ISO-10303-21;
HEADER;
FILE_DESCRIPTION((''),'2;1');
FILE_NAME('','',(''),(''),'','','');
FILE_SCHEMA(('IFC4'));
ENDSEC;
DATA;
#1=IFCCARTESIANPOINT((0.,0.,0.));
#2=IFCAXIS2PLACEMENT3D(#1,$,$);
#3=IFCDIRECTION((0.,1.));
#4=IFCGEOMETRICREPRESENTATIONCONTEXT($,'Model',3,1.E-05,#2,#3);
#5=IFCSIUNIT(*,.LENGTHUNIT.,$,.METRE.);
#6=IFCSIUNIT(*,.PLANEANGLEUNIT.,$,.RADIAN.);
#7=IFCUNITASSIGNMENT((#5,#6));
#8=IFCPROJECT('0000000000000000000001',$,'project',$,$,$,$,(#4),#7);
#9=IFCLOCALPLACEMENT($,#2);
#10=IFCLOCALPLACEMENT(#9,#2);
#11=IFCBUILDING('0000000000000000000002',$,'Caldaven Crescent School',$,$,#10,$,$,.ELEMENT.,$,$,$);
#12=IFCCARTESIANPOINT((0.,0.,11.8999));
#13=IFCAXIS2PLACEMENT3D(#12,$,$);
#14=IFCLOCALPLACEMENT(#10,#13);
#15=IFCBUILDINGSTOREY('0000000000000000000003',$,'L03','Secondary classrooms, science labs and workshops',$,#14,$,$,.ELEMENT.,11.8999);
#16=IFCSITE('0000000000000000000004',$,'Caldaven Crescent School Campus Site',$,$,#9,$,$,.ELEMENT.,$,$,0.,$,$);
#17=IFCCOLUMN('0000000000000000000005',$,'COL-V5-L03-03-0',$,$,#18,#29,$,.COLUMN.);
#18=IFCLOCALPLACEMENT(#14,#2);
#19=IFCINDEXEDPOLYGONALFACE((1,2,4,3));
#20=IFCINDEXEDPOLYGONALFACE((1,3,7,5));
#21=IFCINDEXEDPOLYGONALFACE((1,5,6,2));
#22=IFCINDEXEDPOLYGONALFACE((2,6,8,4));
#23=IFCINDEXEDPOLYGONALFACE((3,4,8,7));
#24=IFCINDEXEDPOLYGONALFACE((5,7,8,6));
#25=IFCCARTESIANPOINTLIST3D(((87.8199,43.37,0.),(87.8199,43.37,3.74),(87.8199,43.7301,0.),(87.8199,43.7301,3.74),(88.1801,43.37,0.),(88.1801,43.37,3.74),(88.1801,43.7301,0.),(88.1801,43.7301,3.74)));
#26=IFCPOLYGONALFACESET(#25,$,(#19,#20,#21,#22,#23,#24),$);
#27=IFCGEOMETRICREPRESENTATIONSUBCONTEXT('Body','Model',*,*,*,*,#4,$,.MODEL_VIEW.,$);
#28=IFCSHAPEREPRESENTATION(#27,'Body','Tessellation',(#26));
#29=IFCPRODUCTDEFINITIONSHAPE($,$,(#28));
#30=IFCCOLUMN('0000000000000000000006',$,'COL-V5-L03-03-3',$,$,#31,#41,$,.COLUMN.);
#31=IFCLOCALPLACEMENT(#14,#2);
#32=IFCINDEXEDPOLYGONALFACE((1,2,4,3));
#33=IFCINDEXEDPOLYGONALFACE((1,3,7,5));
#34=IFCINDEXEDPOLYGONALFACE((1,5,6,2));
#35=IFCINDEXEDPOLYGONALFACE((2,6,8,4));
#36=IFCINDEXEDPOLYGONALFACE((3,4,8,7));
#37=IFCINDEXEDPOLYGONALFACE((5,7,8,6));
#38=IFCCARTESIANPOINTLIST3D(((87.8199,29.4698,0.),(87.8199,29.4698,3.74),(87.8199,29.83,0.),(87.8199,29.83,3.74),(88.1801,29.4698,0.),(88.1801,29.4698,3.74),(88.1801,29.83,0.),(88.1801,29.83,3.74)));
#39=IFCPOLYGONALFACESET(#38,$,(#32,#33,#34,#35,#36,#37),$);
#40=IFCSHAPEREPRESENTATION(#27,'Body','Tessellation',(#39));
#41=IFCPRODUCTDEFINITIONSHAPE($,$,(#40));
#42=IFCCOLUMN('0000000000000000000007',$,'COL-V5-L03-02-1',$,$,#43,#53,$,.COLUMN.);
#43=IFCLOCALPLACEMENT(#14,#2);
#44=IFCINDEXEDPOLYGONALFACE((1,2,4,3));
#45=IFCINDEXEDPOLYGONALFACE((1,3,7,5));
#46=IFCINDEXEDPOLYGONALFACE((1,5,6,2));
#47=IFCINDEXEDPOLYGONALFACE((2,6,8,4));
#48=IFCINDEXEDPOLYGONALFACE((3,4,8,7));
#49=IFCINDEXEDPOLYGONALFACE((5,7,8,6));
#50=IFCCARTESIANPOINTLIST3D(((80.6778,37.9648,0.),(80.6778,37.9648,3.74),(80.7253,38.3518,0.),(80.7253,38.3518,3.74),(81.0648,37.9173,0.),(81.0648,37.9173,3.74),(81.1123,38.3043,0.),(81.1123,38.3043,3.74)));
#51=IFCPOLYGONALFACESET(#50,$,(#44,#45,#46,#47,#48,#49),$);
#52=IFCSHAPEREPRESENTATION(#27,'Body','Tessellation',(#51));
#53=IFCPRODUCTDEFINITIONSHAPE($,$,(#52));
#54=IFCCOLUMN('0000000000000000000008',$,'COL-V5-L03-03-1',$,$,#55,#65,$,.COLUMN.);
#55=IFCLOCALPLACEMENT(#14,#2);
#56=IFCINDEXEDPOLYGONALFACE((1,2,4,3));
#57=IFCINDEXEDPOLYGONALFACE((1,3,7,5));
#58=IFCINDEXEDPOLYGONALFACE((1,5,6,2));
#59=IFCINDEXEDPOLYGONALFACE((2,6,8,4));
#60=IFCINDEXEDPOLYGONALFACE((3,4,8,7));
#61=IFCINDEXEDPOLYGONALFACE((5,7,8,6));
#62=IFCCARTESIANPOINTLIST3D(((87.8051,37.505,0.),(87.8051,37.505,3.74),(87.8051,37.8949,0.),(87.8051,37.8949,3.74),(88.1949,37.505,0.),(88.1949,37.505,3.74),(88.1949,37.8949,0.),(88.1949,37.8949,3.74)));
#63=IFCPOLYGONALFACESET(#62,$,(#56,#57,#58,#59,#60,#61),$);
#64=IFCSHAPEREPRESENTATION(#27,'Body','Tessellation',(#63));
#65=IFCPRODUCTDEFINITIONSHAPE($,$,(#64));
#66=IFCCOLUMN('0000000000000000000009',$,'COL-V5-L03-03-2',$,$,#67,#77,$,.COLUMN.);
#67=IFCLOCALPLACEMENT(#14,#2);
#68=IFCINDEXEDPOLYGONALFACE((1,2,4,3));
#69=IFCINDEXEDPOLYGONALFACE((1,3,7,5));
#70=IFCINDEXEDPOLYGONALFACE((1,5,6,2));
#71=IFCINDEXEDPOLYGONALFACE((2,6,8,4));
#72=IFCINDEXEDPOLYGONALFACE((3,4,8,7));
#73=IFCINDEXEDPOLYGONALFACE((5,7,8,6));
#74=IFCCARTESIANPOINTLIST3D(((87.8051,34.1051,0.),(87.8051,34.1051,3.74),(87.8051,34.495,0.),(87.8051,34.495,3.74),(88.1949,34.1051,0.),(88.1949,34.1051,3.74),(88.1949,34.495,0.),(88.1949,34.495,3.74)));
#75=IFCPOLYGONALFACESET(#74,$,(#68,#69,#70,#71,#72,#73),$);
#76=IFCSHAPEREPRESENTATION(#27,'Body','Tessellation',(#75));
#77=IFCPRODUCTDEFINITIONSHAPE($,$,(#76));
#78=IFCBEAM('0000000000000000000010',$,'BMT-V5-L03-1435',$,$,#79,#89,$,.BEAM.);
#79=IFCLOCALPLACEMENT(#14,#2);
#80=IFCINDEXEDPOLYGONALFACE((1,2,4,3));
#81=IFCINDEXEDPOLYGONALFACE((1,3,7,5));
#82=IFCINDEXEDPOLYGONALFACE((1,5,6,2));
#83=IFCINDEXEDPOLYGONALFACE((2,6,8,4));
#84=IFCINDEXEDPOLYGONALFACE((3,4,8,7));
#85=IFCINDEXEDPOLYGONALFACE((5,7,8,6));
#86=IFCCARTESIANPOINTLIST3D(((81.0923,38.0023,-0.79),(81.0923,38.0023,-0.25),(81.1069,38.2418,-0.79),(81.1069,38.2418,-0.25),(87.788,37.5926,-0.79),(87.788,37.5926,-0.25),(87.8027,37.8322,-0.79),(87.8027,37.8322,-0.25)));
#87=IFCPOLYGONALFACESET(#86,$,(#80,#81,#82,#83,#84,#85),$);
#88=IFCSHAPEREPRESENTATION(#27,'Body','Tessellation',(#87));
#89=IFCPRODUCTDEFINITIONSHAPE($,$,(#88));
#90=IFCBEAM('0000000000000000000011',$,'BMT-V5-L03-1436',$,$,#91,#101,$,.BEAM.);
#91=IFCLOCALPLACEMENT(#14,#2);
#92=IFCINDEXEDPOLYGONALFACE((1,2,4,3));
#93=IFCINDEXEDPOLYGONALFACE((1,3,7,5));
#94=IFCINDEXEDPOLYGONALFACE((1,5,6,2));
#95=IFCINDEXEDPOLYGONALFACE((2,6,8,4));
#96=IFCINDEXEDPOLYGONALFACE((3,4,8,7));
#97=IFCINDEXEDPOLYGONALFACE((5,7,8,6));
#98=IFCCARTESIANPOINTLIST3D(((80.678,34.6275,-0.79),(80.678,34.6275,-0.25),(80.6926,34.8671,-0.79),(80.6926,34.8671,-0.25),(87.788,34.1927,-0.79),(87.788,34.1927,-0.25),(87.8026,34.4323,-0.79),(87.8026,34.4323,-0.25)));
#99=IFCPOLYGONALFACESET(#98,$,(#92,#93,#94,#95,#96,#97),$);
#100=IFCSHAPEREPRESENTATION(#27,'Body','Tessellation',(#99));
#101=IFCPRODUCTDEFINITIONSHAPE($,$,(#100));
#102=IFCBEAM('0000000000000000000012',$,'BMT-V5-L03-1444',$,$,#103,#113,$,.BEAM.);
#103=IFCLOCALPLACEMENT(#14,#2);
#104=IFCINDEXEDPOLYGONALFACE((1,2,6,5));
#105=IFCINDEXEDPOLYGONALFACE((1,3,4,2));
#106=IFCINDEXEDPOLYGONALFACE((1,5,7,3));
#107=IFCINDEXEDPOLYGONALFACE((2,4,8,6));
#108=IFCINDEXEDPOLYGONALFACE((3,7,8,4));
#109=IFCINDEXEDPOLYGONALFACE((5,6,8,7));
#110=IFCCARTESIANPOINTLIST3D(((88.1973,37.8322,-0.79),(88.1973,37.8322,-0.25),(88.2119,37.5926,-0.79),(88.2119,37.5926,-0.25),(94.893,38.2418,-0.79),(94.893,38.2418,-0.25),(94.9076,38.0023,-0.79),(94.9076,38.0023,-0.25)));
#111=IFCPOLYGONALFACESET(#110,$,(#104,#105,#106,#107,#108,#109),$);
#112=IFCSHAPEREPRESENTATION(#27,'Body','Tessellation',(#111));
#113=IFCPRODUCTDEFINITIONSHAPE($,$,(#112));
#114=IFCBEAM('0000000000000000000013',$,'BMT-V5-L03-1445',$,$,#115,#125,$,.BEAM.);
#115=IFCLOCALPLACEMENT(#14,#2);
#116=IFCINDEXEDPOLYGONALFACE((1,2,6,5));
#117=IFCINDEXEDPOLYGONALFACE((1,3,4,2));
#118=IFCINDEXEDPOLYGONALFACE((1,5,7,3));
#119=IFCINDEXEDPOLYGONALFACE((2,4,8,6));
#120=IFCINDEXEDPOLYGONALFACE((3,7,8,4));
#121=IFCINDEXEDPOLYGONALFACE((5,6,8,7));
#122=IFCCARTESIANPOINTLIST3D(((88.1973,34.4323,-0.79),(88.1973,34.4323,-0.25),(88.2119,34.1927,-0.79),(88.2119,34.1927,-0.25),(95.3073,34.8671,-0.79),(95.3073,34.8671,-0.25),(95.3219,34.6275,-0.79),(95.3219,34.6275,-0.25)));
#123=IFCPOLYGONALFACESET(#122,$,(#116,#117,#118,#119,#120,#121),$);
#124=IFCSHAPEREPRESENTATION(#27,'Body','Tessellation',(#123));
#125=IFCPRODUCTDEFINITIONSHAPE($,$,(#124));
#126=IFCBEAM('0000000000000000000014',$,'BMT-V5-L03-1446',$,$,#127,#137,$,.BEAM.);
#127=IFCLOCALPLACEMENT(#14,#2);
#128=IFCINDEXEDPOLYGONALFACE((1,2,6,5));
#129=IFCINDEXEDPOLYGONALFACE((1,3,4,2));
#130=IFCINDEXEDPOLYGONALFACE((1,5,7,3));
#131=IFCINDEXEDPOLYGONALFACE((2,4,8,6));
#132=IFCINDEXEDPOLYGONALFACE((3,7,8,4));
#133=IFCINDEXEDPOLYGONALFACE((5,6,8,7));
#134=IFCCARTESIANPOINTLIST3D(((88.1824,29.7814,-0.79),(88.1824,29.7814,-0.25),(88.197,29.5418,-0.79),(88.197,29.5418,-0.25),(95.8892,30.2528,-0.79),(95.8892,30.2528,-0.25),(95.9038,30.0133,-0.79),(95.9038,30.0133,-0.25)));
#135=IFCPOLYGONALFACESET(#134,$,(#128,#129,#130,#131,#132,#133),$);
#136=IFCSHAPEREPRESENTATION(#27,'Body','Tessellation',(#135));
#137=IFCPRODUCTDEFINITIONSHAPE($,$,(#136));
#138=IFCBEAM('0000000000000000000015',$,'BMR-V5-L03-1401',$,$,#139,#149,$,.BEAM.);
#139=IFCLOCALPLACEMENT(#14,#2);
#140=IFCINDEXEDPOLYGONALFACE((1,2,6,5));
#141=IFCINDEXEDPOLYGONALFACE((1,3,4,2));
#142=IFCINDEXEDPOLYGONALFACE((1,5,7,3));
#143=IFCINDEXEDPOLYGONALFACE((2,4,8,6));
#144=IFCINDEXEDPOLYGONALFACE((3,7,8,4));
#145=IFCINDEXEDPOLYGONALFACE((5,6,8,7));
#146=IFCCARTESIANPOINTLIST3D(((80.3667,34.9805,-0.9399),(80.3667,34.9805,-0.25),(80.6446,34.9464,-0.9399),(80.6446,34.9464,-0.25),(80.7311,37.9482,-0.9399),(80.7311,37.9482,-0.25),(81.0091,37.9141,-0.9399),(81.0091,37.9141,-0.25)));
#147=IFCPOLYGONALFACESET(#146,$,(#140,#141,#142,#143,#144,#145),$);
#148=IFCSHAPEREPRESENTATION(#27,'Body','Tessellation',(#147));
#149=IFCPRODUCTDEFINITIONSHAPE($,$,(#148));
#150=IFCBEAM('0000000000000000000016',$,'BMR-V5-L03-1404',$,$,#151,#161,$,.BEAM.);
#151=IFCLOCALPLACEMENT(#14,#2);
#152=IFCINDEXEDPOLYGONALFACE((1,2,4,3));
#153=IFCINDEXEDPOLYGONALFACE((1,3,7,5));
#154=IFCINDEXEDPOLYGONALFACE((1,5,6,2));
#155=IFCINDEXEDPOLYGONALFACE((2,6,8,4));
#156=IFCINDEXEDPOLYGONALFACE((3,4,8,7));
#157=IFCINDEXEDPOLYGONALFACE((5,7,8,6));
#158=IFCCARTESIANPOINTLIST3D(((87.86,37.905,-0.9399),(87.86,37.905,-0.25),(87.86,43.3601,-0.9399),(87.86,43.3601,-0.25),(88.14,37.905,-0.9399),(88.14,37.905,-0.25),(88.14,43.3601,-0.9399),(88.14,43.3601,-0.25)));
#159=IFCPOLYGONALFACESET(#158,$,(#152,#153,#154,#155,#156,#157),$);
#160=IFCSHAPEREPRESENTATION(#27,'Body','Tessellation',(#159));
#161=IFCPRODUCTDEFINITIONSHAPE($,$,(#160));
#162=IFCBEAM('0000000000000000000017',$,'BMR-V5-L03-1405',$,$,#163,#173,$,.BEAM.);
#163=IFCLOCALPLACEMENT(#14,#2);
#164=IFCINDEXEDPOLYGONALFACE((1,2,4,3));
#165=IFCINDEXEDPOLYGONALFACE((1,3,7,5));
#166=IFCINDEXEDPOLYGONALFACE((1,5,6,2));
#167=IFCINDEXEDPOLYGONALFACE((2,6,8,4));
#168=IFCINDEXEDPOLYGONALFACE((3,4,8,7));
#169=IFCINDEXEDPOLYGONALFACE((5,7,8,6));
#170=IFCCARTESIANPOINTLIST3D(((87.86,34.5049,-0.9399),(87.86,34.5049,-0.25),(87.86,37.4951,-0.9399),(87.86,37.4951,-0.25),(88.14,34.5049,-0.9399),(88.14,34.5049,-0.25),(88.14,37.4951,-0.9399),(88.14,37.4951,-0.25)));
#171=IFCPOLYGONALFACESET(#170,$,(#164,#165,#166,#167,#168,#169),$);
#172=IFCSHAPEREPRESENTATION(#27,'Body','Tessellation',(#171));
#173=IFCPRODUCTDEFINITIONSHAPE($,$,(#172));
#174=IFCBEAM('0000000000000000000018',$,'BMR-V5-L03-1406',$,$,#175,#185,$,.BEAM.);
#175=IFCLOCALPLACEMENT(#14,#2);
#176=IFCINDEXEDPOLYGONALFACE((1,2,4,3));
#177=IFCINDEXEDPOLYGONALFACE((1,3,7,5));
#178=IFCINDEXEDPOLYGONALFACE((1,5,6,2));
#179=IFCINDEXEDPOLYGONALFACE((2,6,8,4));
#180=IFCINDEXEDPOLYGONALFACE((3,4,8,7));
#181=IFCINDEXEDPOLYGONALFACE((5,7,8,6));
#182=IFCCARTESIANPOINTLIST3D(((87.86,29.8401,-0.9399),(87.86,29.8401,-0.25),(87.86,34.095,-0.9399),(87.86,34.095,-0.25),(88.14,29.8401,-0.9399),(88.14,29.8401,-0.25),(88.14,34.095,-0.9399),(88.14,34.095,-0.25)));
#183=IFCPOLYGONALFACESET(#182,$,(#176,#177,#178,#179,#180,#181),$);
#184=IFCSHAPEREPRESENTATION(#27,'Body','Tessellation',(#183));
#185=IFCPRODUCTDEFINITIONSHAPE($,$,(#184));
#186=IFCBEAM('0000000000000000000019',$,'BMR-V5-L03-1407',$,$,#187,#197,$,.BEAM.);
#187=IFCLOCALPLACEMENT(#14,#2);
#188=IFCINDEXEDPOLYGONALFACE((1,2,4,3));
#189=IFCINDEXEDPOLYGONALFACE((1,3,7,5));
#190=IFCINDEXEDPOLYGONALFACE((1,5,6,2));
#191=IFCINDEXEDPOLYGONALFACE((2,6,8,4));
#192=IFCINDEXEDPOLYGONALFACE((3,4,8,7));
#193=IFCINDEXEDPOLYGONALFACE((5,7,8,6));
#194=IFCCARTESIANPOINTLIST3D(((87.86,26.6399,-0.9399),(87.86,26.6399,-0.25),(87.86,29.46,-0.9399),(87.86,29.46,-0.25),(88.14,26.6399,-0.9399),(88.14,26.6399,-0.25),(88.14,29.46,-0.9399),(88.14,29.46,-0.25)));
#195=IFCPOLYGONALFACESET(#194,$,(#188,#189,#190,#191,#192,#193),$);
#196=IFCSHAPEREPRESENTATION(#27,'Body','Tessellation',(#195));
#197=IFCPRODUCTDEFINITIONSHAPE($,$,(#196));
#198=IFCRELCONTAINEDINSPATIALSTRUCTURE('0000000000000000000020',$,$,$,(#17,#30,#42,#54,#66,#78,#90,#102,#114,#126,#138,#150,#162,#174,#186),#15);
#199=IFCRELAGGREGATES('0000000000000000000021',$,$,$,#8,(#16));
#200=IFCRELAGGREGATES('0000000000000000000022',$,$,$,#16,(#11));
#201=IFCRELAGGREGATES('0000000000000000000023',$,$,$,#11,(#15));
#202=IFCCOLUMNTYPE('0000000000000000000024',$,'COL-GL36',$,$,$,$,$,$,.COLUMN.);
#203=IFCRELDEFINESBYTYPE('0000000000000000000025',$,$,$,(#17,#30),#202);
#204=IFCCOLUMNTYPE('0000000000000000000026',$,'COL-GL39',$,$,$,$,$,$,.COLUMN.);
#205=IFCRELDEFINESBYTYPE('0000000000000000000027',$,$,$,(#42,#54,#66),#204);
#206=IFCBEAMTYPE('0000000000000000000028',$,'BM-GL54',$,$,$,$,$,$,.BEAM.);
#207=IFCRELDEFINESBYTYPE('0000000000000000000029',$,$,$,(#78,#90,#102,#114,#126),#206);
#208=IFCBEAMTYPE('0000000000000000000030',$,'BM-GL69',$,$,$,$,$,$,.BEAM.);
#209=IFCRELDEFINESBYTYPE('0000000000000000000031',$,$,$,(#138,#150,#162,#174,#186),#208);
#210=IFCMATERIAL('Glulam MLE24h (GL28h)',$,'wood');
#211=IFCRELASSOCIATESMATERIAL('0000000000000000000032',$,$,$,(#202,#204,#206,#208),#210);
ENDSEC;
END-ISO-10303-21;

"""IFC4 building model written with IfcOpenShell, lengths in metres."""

from ifc_helpers import new_model, si_unit, direction, frame, origin, origin_2d, place, context, subcontext, project, spatial, rectangle, extrude, material, material_profile, profile_set, type_object, element, save


model = new_model("IFC4")

# Units and contexts
model_context = context("Model", 3, precision=1e-05, world=origin(), true_north=direction((0.0, 1.0)))
body_context = subcontext(model_context, "Body", "Model", "MODEL_VIEW")
ifc_project = project(units=[si_unit("LENGTHUNIT", "METRE"), si_unit("PLANEANGLEUNIT", "RADIAN")], contexts=[model_context])

# Site, building, storey
site_placement = place(None, origin())
site = spatial("IfcSite", under=ifc_project, at=site_placement, Name="Caldaven Crescent School Campus Site", CompositionType="ELEMENT", RefElevation=0.0)
building_placement = place(site_placement, origin())
building = spatial("IfcBuilding", under=site, at=building_placement, Name="Caldaven Crescent School", CompositionType="ELEMENT")
storey_placement = place(building_placement, frame((0.0, 0.0, 11.8999)))
storey = spatial("IfcBuildingStorey", under=building, at=storey_placement, Name="L03", Description="Secondary classrooms, science labs and workshops", CompositionType="ELEMENT", Elevation=11.8999)

# Columns
ifc_material_1 = material(Name="Glulam MLE24h (GL28h)", Category="wood")
ifc_material_profile_1 = material_profile(ifc_material_1, rectangle(XDim=0.3601, YDim=0.3601, at=origin_2d()), Name="MLE 360x360")
ifc_profile_set_1 = profile_set([ifc_material_profile_1], Name="Glulam MLE24h (GL28h)")
column_type_1 = type_object("IfcColumnType", Name="COL-GL36", PredefinedType="COLUMN", material=ifc_profile_set_1)
for number, where, z_axis, x_axis, name in (
    (1, (88.0, 43.55, 0.0), (0.0, 0.0, 1.0), (0.0, -1.0, 0.0), "COL-V5-L03-03-0"),
    (2, (88.0, 29.6499, 0.0), (0.0, 0.0, 1.0), (0.0, -1.0, 0.0), "COL-V5-L03-03-3"),
):
    element("IfcColumn", number, at=place(storey_placement, frame(where, z_axis=z_axis, x_axis=x_axis)), inside=storey, type_object=column_type_1, Name=name, PredefinedType="COLUMN", context=body_context, shape_type="SweptSolid", body=[
        extrude(rectangle(XDim=0.3601, YDim=0.3601, at=origin_2d()), origin(), (0.0, 0.0, 1.0), 3.74),
    ])
ifc_material_profile_2 = material_profile(ifc_material_1, rectangle(XDim=0.3899, YDim=0.3899, at=origin_2d()), Name="MLE 390x390")
ifc_profile_set_2 = profile_set([ifc_material_profile_2], Name="Glulam MLE24h (GL28h)")
column_type_2 = type_object("IfcColumnType", Name="COL-GL39", PredefinedType="COLUMN", material=ifc_profile_set_2)
for number, where, z_axis, x_axis, name in (
    (3, (80.895, 38.1345, 0.0), (0.0, 0.0, 1.0), (-0.121869, -0.992546, 0.0), "COL-V5-L03-02-1"),
    (4, (88.0, 37.7, 0.0), (0.0, 0.0, 1.0), (0.0, -1.0, 0.0), "COL-V5-L03-03-1"),
    (5, (88.0, 34.3, 0.0), (0.0, 0.0, 1.0), (0.0, -1.0, 0.0), "COL-V5-L03-03-2"),
):
    element("IfcColumn", number, at=place(storey_placement, frame(where, z_axis=z_axis, x_axis=x_axis)), inside=storey, type_object=column_type_2, Name=name, PredefinedType="COLUMN", context=body_context, shape_type="SweptSolid", body=[
        extrude(rectangle(XDim=0.3899, YDim=0.3899, at=origin_2d()), origin(), (0.0, 0.0, 1.0), 3.74),
    ])

# Beams
ifc_material_profile_3 = material_profile(ifc_material_1, rectangle(XDim=0.24, YDim=0.54, at=origin_2d()), Name="MLE 240x540")
ifc_profile_set_3 = profile_set([ifc_material_profile_3], Name="Glulam MLE24h (GL28h)")
beam_type_1 = type_object("IfcBeamType", Name="BM-GL54", PredefinedType="BEAM", material=ifc_profile_set_3)
beam_1_placement = place(storey_placement, frame((81.0996, 38.1221, -0.52), z_axis=(0.998134, -0.061069, 0.0), x_axis=(0.061069, 0.998134, 0.0)))
element("IfcBeam", 6, at=beam_1_placement, inside=storey, type_object=beam_type_1, Name="BMT-V5-L03-1435", PredefinedType="BEAM", context=body_context, shape_type="SweptSolid", body=[
    extrude(rectangle(XDim=0.24, YDim=0.54, at=origin_2d()), origin(), (0.0, 0.0, 1.0), 6.7083),
])
beam_2_placement = place(storey_placement, frame((80.6853, 34.7473, -0.52), z_axis=(0.998135, -0.06104, 0.0), x_axis=(0.06104, 0.998135, 0.0)))
element("IfcBeam", 7, at=beam_2_placement, inside=storey, type_object=beam_type_1, Name="BMT-V5-L03-1436", PredefinedType="BEAM", context=body_context, shape_type="SweptSolid", body=[
    extrude(rectangle(XDim=0.24, YDim=0.54, at=origin_2d()), origin(), (0.0, 0.0, 1.0), 7.1233),
])
beam_3_placement = place(storey_placement, frame((88.2046, 37.7124, -0.52), z_axis=(0.998134, 0.061069, 0.0), x_axis=(-0.061069, 0.998134, 0.0)))
element("IfcBeam", 8, at=beam_3_placement, inside=storey, type_object=beam_type_1, Name="BMT-V5-L03-1444", PredefinedType="BEAM", context=body_context, shape_type="SweptSolid", body=[
    extrude(rectangle(XDim=0.24, YDim=0.54, at=origin_2d()), origin(), (0.0, 0.0, 1.0), 6.7083),
])
beam_4_placement = place(storey_placement, frame((88.2046, 34.3125, -0.52), z_axis=(0.998135, 0.06104, 0.0), x_axis=(-0.06104, 0.998135, 0.0)))
element("IfcBeam", 9, at=beam_4_placement, inside=storey, type_object=beam_type_1, Name="BMT-V5-L03-1445", PredefinedType="BEAM", context=body_context, shape_type="SweptSolid", body=[
    extrude(rectangle(XDim=0.24, YDim=0.54, at=origin_2d()), origin(), (0.0, 0.0, 1.0), 7.1233),
])
beam_5_placement = place(storey_placement, frame((88.1897, 29.6616, -0.52), z_axis=(0.998134, 0.061057, 0.0), x_axis=(-0.061057, 0.998134, 0.0)))
element("IfcBeam", 10, at=beam_5_placement, inside=storey, type_object=beam_type_1, Name="BMT-V5-L03-1446", PredefinedType="BEAM", context=body_context, shape_type="SweptSolid", body=[
    extrude(rectangle(XDim=0.24, YDim=0.54, at=origin_2d()), origin(), (0.0, 0.0, 1.0), 7.7212),
])
ifc_material_profile_4 = material_profile(ifc_material_1, rectangle(XDim=0.28, YDim=0.6899, at=origin_2d()), Name="MLE 280x690")
ifc_profile_set_4 = profile_set([ifc_material_profile_4], Name="Glulam MLE24h (GL28h)")
beam_type_2 = type_object("IfcBeamType", Name="BM-GL69", PredefinedType="BEAM", material=ifc_profile_set_4)
beam_6_placement = place(storey_placement, frame((80.8701, 37.9312, -0.595), z_axis=(-0.121904, -0.992542, 0.0), x_axis=(0.992542, -0.121904, 0.0)))
element("IfcBeam", 11, at=beam_6_placement, inside=storey, type_object=beam_type_2, Name="BMR-V5-L03-1401", PredefinedType="BEAM", context=body_context, shape_type="SweptSolid", body=[
    extrude(rectangle(XDim=0.28, YDim=0.6899, at=origin_2d()), origin(), (0.0, 0.0, 1.0), 2.99),
])
beam_7_placement = place(storey_placement, frame((88.0, 43.3601, -0.595), z_axis=(0.0, -1.0, 0.0), x_axis=(1.0, 0.0, 0.0)))
element("IfcBeam", 12, at=beam_7_placement, inside=storey, type_object=beam_type_2, Name="BMR-V5-L03-1404", PredefinedType="BEAM", context=body_context, shape_type="SweptSolid", body=[
    extrude(rectangle(XDim=0.28, YDim=0.6899, at=origin_2d()), origin(), (0.0, 0.0, 1.0), 5.4551),
])
beam_8_placement = place(storey_placement, frame((88.0, 37.4951, -0.595), z_axis=(0.0, -1.0, 0.0), x_axis=(1.0, 0.0, 0.0)))
element("IfcBeam", 13, at=beam_8_placement, inside=storey, type_object=beam_type_2, Name="BMR-V5-L03-1405", PredefinedType="BEAM", context=body_context, shape_type="SweptSolid", body=[
    extrude(rectangle(XDim=0.28, YDim=0.6899, at=origin_2d()), origin(), (0.0, 0.0, 1.0), 2.9902),
])
beam_9_placement = place(storey_placement, frame((88.0, 34.095, -0.595), z_axis=(0.0, -1.0, 0.0), x_axis=(1.0, 0.0, 0.0)))
element("IfcBeam", 14, at=beam_9_placement, inside=storey, type_object=beam_type_2, Name="BMR-V5-L03-1406", PredefinedType="BEAM", context=body_context, shape_type="SweptSolid", body=[
    extrude(rectangle(XDim=0.28, YDim=0.6899, at=origin_2d()), origin(), (0.0, 0.0, 1.0), 4.2549),
])
beam_10_placement = place(storey_placement, frame((88.0, 29.46, -0.595), z_axis=(0.0, -1.0, 0.0), x_axis=(1.0, 0.0, 0.0)))
element("IfcBeam", 15, at=beam_10_placement, inside=storey, type_object=beam_type_2, Name="BMR-V5-L03-1407", PredefinedType="BEAM", context=body_context, shape_type="SweptSolid", body=[
    extrude(rectangle(XDim=0.28, YDim=0.6899, at=origin_2d()), origin(), (0.0, 0.0, 1.0), 2.8201),
])

save(model, "model.ifc")
